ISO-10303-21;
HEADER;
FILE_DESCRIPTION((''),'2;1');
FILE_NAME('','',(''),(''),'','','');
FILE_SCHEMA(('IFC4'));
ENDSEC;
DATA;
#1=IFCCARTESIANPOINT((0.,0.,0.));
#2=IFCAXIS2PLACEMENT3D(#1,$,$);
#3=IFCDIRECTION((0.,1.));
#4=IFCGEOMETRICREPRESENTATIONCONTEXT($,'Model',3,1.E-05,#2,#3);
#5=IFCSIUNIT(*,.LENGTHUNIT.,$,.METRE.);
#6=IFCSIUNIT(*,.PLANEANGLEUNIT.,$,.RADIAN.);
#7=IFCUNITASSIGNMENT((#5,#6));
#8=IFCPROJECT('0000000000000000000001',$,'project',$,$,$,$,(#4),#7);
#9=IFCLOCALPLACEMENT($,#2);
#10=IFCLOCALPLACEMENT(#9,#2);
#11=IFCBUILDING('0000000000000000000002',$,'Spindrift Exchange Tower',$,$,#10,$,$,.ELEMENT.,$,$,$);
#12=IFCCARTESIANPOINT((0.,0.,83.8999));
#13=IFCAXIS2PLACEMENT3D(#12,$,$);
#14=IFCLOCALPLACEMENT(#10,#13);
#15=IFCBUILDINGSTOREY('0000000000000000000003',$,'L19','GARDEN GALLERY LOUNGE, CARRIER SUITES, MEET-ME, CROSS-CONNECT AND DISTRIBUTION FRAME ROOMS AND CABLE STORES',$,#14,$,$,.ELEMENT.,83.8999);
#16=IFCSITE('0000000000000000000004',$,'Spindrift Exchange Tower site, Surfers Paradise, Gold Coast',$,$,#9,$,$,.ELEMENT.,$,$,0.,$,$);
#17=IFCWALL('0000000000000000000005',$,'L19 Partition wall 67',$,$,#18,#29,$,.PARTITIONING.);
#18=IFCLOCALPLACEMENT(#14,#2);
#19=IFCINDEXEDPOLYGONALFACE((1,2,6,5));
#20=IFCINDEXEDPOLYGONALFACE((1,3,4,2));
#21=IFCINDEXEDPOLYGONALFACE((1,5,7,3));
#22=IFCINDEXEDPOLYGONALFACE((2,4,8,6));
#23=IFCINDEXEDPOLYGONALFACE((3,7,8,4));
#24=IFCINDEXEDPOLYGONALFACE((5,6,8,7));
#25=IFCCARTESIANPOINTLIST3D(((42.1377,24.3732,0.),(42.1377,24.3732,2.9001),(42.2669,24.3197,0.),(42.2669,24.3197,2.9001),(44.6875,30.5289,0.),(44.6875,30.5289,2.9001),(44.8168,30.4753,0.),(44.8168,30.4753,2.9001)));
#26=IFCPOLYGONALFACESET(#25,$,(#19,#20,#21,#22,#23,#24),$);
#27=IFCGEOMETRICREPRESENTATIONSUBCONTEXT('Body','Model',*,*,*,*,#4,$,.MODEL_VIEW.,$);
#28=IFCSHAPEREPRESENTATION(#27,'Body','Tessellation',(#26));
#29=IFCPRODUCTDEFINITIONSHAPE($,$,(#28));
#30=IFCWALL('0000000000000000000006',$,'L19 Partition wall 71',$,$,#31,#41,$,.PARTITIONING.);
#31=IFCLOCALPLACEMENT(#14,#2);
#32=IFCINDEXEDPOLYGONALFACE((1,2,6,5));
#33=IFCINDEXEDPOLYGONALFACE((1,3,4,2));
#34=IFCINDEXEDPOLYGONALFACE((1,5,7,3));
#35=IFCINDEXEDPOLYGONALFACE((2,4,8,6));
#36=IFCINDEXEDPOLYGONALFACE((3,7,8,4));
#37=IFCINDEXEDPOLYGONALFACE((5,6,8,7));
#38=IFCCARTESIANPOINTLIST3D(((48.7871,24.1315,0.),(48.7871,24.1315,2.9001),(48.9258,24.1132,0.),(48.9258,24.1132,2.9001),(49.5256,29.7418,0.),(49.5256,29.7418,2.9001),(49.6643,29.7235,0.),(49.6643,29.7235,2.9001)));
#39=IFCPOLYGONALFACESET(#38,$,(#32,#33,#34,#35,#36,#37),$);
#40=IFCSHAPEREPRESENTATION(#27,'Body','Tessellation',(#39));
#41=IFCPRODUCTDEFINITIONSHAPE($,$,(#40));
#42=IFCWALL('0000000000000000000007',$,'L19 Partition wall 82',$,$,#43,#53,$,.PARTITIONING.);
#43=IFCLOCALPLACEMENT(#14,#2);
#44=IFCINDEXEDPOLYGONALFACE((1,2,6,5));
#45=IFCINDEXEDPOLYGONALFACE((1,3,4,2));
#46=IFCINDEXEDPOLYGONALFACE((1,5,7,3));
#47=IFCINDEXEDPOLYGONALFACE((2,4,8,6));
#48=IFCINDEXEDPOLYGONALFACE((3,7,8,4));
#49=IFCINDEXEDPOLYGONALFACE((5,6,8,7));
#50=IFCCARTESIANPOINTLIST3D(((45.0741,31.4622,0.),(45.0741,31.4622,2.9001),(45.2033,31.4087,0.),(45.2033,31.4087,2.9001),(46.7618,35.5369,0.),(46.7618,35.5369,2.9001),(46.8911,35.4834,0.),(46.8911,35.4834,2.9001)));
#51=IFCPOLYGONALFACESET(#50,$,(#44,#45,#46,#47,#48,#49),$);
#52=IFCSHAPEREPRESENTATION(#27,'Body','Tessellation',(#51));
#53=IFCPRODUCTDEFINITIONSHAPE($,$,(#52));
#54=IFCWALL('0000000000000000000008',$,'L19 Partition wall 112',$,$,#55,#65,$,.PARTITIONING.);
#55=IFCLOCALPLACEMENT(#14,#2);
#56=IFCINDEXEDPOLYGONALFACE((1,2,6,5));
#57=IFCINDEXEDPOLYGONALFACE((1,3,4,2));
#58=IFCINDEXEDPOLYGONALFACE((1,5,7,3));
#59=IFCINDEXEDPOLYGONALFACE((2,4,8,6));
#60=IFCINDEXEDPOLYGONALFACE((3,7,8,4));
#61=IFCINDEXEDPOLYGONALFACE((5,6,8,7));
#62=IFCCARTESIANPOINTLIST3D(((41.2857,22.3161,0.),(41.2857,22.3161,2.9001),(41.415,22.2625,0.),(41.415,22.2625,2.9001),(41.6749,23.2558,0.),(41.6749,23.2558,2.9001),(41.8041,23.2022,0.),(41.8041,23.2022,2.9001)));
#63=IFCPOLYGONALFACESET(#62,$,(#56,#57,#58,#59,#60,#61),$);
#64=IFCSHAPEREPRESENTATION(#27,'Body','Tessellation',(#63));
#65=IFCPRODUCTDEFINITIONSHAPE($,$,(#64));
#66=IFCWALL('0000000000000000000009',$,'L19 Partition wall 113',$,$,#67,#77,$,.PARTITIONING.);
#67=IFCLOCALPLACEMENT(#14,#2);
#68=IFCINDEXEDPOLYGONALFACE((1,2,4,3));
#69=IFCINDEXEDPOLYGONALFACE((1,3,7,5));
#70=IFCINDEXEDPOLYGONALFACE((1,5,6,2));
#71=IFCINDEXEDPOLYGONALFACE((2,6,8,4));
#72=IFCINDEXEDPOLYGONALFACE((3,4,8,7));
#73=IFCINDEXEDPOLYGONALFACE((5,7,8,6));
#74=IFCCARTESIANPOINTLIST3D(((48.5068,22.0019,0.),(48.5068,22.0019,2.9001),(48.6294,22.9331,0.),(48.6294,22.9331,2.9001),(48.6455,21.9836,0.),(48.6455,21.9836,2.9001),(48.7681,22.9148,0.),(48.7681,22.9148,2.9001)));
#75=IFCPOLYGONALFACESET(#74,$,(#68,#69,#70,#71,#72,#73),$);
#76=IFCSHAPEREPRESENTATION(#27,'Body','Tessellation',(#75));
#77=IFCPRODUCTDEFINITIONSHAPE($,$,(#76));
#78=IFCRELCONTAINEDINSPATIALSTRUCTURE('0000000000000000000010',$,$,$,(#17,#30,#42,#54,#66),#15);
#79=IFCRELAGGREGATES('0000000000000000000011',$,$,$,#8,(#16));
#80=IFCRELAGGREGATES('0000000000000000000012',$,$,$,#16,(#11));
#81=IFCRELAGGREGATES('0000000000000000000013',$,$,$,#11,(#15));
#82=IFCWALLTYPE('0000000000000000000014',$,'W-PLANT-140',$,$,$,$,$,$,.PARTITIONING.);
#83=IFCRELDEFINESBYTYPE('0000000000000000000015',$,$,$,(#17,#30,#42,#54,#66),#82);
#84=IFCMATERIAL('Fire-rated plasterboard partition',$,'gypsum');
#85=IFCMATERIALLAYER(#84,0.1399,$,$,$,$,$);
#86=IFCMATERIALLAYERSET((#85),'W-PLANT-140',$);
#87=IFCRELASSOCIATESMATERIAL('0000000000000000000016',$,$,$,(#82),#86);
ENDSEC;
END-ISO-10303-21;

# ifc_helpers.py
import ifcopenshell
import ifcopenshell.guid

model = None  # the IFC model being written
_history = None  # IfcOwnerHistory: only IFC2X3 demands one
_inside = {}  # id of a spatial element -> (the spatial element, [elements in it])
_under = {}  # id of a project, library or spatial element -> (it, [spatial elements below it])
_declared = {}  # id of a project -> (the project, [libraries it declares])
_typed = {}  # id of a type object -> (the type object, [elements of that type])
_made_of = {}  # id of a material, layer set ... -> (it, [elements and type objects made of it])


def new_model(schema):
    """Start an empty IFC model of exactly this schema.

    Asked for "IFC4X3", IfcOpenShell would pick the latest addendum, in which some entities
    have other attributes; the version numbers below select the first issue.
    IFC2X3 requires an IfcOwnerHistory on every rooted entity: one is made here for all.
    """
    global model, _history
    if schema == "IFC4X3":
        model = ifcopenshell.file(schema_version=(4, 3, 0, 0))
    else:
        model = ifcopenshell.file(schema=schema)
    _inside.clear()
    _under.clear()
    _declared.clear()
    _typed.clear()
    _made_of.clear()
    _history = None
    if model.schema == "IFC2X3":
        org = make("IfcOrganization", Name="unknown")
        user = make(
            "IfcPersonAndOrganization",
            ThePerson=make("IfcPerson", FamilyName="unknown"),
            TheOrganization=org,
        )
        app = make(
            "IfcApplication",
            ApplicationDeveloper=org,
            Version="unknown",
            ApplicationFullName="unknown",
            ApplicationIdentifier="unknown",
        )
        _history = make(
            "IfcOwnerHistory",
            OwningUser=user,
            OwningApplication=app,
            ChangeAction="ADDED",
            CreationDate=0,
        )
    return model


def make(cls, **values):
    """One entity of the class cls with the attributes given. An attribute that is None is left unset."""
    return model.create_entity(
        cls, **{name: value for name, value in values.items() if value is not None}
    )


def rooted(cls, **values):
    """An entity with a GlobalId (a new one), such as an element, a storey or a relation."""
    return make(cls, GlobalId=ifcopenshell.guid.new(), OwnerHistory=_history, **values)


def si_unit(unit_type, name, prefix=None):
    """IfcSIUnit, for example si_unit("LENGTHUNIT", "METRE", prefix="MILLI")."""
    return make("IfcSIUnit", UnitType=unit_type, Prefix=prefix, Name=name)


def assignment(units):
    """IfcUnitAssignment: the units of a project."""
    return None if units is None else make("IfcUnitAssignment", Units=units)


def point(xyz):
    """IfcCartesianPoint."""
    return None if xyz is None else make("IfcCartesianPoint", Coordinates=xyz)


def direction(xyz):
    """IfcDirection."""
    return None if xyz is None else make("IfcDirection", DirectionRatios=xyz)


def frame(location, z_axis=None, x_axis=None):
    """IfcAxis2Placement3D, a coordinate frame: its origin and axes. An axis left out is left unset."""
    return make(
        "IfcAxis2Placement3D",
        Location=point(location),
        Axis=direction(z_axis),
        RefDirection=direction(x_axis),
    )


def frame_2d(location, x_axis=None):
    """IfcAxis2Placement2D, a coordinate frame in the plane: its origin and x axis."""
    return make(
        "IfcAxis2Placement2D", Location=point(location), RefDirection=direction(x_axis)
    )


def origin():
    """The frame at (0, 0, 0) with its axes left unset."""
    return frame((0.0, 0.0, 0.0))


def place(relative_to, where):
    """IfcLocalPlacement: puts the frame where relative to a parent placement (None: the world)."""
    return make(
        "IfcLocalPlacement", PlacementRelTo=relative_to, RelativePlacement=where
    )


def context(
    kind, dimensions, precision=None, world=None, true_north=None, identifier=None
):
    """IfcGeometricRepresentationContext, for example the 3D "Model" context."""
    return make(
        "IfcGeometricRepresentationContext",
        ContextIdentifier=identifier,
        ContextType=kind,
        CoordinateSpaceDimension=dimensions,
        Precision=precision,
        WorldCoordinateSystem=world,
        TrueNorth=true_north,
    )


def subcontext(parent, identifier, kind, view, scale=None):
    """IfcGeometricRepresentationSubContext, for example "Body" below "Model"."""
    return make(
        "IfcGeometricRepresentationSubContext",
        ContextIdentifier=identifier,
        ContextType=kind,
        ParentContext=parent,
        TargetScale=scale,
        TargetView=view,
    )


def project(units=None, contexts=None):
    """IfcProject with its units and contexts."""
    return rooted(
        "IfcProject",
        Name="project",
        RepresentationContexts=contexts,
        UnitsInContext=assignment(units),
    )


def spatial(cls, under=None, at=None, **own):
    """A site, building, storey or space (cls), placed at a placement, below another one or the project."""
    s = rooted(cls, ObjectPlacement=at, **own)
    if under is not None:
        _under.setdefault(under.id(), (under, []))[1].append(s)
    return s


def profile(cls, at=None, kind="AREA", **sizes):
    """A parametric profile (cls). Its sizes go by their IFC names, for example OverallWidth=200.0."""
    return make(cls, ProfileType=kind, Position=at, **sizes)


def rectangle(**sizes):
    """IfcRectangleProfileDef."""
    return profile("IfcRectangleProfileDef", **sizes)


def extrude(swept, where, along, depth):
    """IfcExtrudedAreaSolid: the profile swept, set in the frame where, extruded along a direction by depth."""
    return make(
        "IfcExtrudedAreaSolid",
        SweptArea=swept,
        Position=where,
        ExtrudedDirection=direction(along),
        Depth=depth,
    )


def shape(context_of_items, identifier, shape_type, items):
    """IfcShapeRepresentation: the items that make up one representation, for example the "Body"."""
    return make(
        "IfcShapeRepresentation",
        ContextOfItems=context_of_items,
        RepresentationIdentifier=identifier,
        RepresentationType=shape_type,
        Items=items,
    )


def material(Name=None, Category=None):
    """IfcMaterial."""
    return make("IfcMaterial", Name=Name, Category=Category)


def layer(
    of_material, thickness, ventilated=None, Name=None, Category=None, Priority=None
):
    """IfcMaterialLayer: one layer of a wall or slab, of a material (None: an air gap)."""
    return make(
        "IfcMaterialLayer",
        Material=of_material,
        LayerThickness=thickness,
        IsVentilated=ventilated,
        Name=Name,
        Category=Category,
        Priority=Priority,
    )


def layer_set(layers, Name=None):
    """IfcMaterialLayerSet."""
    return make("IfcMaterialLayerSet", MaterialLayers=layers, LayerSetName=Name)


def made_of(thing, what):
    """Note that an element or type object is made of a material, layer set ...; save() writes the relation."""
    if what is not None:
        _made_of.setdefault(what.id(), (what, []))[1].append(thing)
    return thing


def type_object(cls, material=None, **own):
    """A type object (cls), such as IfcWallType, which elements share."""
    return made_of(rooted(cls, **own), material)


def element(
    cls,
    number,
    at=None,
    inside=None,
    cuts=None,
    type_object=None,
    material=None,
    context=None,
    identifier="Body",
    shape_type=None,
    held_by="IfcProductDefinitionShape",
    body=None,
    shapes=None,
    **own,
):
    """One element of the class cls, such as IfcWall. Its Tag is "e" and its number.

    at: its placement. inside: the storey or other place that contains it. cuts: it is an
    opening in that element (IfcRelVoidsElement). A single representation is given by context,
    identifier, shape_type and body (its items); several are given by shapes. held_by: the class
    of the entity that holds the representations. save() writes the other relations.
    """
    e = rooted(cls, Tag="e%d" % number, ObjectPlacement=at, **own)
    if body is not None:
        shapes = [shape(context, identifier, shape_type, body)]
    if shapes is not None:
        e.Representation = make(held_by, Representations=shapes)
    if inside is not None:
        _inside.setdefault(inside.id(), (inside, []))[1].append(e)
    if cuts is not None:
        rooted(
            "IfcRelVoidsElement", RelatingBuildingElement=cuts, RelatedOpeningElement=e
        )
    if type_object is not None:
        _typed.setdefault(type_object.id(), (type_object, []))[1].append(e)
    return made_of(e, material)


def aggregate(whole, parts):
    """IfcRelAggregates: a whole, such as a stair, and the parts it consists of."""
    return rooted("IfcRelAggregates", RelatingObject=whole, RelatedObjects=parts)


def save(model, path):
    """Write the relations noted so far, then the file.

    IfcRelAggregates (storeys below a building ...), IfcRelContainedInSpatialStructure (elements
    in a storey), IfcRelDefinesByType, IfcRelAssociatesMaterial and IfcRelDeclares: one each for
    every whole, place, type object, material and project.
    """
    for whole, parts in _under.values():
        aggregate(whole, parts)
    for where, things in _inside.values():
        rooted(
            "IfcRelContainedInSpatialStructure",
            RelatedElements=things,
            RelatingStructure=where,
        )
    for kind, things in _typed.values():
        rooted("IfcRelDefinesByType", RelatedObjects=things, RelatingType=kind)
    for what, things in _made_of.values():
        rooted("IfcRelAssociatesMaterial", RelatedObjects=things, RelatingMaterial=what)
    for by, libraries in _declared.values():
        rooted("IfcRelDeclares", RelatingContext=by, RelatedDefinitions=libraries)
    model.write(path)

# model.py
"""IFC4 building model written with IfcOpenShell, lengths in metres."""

from ifc_helpers import new_model, si_unit, direction, frame, frame_2d, origin, place, context, subcontext, project, spatial, rectangle, extrude, material, layer, layer_set, type_object, element, save


model = new_model("IFC4")

# Units and contexts
model_context = context("Model", 3, precision=1e-05, world=origin(), true_north=direction((0.0, 1.0)))
body_context = subcontext(model_context, "Body", "Model", "MODEL_VIEW")
ifc_project = project(units=[si_unit("LENGTHUNIT", "METRE"), si_unit("PLANEANGLEUNIT", "RADIAN")], contexts=[model_context])

# Site, building, storey
site_placement = place(None, origin())
site = spatial("IfcSite", under=ifc_project, at=site_placement, Name="Spindrift Exchange Tower site, Surfers Paradise, Gold Coast", CompositionType="ELEMENT", RefElevation=0.0)
building_placement = place(site_placement, origin())
building = spatial("IfcBuilding", under=site, at=building_placement, Name="Spindrift Exchange Tower", CompositionType="ELEMENT")
storey_placement = place(building_placement, frame((0.0, 0.0, 83.8999)))
storey = spatial("IfcBuildingStorey", under=building, at=storey_placement, Name="L19", Description="GARDEN GALLERY LOUNGE, CARRIER SUITES, MEET-ME, CROSS-CONNECT AND DISTRIBUTION FRAME ROOMS AND CABLE STORES", CompositionType="ELEMENT", Elevation=83.8999)

# Walls
ifc_material_1 = material(Name="Fire-rated plasterboard partition", Category="gypsum")
ifc_layer_1 = layer(ifc_material_1, 0.1399)
ifc_layer_set_1 = layer_set([ifc_layer_1], Name="W-PLANT-140")
wall_type = type_object("IfcWallType", Name="W-PLANT-140", PredefinedType="PARTITIONING", material=ifc_layer_set_1)
wall_1_placement = place(storey_placement, frame((44.7522, 30.5022, 0.0), z_axis=(0.0, 0.0, 1.0), x_axis=(-0.382697, -0.923874, 0.0)))
element("IfcWall", 1, at=wall_1_placement, inside=storey, type_object=wall_type, Name="L19 Partition wall 67", PredefinedType="PARTITIONING", context=body_context, shape_type="SweptSolid", body=[
    extrude(rectangle(XDim=6.6628, YDim=0.1399, at=frame_2d((3.3315, 0.0))), origin(), (0.0, 0.0, 1.0), 2.9001),
])
wall_2_placement = place(storey_placement, frame((49.595, 29.7327, 0.0), z_axis=(0.0, 0.0, 1.0), x_axis=(-0.13051, -0.991447, 0.0)))
element("IfcWall", 2, at=wall_2_placement, inside=storey, type_object=wall_type, Name="L19 Partition wall 71", PredefinedType="PARTITIONING", context=body_context, shape_type="SweptSolid", body=[
    extrude(rectangle(XDim=5.6587, YDim=0.1399, at=frame_2d((2.8293, 0.0))), origin(), (0.0, 0.0, 1.0), 2.9001),
])
wall_3_placement = place(storey_placement, frame((46.8264, 35.51, 0.0), z_axis=(0.0, 0.0, 1.0), x_axis=(-0.382673, -0.923884, 0.0)))
element("IfcWall", 3, at=wall_3_placement, inside=storey, type_object=wall_type, Name="L19 Partition wall 82", PredefinedType="PARTITIONING", context=body_context, shape_type="SweptSolid", body=[
    extrude(rectangle(XDim=4.4104, YDim=0.1399, at=frame_2d((2.2051, 0.0))), origin(), (0.0, 0.0, 1.0), 2.9001),
])
wall_4_placement = place(storey_placement, frame((41.7395, 23.229, 0.0), z_axis=(0.0, 0.0, 1.0), x_axis=(-0.38262, -0.923906, 0.0)))
element("IfcWall", 4, at=wall_4_placement, inside=storey, type_object=wall_type, Name="L19 Partition wall 112", PredefinedType="PARTITIONING", context=body_context, shape_type="SweptSolid", body=[
    extrude(rectangle(XDim=1.0171, YDim=0.1399, at=frame_2d((0.5085, 0.0))), origin(), (0.0, 0.0, 1.0), 2.9001),
])
wall_5_placement = place(storey_placement, frame((48.6987, 22.9241, 0.0), z_axis=(0.0, 0.0, 1.0), x_axis=(-0.130495, -0.991449, 0.0)))
element("IfcWall", 5, at=wall_5_placement, inside=storey, type_object=wall_type, Name="L19 Partition wall 113", PredefinedType="PARTITIONING", context=body_context, shape_type="SweptSolid", body=[
    extrude(rectangle(XDim=0.9392, YDim=0.1399, at=frame_2d((0.4697, 0.0))), origin(), (0.0, 0.0, 1.0), 2.9001),
])

save(model, "model.ifc")
